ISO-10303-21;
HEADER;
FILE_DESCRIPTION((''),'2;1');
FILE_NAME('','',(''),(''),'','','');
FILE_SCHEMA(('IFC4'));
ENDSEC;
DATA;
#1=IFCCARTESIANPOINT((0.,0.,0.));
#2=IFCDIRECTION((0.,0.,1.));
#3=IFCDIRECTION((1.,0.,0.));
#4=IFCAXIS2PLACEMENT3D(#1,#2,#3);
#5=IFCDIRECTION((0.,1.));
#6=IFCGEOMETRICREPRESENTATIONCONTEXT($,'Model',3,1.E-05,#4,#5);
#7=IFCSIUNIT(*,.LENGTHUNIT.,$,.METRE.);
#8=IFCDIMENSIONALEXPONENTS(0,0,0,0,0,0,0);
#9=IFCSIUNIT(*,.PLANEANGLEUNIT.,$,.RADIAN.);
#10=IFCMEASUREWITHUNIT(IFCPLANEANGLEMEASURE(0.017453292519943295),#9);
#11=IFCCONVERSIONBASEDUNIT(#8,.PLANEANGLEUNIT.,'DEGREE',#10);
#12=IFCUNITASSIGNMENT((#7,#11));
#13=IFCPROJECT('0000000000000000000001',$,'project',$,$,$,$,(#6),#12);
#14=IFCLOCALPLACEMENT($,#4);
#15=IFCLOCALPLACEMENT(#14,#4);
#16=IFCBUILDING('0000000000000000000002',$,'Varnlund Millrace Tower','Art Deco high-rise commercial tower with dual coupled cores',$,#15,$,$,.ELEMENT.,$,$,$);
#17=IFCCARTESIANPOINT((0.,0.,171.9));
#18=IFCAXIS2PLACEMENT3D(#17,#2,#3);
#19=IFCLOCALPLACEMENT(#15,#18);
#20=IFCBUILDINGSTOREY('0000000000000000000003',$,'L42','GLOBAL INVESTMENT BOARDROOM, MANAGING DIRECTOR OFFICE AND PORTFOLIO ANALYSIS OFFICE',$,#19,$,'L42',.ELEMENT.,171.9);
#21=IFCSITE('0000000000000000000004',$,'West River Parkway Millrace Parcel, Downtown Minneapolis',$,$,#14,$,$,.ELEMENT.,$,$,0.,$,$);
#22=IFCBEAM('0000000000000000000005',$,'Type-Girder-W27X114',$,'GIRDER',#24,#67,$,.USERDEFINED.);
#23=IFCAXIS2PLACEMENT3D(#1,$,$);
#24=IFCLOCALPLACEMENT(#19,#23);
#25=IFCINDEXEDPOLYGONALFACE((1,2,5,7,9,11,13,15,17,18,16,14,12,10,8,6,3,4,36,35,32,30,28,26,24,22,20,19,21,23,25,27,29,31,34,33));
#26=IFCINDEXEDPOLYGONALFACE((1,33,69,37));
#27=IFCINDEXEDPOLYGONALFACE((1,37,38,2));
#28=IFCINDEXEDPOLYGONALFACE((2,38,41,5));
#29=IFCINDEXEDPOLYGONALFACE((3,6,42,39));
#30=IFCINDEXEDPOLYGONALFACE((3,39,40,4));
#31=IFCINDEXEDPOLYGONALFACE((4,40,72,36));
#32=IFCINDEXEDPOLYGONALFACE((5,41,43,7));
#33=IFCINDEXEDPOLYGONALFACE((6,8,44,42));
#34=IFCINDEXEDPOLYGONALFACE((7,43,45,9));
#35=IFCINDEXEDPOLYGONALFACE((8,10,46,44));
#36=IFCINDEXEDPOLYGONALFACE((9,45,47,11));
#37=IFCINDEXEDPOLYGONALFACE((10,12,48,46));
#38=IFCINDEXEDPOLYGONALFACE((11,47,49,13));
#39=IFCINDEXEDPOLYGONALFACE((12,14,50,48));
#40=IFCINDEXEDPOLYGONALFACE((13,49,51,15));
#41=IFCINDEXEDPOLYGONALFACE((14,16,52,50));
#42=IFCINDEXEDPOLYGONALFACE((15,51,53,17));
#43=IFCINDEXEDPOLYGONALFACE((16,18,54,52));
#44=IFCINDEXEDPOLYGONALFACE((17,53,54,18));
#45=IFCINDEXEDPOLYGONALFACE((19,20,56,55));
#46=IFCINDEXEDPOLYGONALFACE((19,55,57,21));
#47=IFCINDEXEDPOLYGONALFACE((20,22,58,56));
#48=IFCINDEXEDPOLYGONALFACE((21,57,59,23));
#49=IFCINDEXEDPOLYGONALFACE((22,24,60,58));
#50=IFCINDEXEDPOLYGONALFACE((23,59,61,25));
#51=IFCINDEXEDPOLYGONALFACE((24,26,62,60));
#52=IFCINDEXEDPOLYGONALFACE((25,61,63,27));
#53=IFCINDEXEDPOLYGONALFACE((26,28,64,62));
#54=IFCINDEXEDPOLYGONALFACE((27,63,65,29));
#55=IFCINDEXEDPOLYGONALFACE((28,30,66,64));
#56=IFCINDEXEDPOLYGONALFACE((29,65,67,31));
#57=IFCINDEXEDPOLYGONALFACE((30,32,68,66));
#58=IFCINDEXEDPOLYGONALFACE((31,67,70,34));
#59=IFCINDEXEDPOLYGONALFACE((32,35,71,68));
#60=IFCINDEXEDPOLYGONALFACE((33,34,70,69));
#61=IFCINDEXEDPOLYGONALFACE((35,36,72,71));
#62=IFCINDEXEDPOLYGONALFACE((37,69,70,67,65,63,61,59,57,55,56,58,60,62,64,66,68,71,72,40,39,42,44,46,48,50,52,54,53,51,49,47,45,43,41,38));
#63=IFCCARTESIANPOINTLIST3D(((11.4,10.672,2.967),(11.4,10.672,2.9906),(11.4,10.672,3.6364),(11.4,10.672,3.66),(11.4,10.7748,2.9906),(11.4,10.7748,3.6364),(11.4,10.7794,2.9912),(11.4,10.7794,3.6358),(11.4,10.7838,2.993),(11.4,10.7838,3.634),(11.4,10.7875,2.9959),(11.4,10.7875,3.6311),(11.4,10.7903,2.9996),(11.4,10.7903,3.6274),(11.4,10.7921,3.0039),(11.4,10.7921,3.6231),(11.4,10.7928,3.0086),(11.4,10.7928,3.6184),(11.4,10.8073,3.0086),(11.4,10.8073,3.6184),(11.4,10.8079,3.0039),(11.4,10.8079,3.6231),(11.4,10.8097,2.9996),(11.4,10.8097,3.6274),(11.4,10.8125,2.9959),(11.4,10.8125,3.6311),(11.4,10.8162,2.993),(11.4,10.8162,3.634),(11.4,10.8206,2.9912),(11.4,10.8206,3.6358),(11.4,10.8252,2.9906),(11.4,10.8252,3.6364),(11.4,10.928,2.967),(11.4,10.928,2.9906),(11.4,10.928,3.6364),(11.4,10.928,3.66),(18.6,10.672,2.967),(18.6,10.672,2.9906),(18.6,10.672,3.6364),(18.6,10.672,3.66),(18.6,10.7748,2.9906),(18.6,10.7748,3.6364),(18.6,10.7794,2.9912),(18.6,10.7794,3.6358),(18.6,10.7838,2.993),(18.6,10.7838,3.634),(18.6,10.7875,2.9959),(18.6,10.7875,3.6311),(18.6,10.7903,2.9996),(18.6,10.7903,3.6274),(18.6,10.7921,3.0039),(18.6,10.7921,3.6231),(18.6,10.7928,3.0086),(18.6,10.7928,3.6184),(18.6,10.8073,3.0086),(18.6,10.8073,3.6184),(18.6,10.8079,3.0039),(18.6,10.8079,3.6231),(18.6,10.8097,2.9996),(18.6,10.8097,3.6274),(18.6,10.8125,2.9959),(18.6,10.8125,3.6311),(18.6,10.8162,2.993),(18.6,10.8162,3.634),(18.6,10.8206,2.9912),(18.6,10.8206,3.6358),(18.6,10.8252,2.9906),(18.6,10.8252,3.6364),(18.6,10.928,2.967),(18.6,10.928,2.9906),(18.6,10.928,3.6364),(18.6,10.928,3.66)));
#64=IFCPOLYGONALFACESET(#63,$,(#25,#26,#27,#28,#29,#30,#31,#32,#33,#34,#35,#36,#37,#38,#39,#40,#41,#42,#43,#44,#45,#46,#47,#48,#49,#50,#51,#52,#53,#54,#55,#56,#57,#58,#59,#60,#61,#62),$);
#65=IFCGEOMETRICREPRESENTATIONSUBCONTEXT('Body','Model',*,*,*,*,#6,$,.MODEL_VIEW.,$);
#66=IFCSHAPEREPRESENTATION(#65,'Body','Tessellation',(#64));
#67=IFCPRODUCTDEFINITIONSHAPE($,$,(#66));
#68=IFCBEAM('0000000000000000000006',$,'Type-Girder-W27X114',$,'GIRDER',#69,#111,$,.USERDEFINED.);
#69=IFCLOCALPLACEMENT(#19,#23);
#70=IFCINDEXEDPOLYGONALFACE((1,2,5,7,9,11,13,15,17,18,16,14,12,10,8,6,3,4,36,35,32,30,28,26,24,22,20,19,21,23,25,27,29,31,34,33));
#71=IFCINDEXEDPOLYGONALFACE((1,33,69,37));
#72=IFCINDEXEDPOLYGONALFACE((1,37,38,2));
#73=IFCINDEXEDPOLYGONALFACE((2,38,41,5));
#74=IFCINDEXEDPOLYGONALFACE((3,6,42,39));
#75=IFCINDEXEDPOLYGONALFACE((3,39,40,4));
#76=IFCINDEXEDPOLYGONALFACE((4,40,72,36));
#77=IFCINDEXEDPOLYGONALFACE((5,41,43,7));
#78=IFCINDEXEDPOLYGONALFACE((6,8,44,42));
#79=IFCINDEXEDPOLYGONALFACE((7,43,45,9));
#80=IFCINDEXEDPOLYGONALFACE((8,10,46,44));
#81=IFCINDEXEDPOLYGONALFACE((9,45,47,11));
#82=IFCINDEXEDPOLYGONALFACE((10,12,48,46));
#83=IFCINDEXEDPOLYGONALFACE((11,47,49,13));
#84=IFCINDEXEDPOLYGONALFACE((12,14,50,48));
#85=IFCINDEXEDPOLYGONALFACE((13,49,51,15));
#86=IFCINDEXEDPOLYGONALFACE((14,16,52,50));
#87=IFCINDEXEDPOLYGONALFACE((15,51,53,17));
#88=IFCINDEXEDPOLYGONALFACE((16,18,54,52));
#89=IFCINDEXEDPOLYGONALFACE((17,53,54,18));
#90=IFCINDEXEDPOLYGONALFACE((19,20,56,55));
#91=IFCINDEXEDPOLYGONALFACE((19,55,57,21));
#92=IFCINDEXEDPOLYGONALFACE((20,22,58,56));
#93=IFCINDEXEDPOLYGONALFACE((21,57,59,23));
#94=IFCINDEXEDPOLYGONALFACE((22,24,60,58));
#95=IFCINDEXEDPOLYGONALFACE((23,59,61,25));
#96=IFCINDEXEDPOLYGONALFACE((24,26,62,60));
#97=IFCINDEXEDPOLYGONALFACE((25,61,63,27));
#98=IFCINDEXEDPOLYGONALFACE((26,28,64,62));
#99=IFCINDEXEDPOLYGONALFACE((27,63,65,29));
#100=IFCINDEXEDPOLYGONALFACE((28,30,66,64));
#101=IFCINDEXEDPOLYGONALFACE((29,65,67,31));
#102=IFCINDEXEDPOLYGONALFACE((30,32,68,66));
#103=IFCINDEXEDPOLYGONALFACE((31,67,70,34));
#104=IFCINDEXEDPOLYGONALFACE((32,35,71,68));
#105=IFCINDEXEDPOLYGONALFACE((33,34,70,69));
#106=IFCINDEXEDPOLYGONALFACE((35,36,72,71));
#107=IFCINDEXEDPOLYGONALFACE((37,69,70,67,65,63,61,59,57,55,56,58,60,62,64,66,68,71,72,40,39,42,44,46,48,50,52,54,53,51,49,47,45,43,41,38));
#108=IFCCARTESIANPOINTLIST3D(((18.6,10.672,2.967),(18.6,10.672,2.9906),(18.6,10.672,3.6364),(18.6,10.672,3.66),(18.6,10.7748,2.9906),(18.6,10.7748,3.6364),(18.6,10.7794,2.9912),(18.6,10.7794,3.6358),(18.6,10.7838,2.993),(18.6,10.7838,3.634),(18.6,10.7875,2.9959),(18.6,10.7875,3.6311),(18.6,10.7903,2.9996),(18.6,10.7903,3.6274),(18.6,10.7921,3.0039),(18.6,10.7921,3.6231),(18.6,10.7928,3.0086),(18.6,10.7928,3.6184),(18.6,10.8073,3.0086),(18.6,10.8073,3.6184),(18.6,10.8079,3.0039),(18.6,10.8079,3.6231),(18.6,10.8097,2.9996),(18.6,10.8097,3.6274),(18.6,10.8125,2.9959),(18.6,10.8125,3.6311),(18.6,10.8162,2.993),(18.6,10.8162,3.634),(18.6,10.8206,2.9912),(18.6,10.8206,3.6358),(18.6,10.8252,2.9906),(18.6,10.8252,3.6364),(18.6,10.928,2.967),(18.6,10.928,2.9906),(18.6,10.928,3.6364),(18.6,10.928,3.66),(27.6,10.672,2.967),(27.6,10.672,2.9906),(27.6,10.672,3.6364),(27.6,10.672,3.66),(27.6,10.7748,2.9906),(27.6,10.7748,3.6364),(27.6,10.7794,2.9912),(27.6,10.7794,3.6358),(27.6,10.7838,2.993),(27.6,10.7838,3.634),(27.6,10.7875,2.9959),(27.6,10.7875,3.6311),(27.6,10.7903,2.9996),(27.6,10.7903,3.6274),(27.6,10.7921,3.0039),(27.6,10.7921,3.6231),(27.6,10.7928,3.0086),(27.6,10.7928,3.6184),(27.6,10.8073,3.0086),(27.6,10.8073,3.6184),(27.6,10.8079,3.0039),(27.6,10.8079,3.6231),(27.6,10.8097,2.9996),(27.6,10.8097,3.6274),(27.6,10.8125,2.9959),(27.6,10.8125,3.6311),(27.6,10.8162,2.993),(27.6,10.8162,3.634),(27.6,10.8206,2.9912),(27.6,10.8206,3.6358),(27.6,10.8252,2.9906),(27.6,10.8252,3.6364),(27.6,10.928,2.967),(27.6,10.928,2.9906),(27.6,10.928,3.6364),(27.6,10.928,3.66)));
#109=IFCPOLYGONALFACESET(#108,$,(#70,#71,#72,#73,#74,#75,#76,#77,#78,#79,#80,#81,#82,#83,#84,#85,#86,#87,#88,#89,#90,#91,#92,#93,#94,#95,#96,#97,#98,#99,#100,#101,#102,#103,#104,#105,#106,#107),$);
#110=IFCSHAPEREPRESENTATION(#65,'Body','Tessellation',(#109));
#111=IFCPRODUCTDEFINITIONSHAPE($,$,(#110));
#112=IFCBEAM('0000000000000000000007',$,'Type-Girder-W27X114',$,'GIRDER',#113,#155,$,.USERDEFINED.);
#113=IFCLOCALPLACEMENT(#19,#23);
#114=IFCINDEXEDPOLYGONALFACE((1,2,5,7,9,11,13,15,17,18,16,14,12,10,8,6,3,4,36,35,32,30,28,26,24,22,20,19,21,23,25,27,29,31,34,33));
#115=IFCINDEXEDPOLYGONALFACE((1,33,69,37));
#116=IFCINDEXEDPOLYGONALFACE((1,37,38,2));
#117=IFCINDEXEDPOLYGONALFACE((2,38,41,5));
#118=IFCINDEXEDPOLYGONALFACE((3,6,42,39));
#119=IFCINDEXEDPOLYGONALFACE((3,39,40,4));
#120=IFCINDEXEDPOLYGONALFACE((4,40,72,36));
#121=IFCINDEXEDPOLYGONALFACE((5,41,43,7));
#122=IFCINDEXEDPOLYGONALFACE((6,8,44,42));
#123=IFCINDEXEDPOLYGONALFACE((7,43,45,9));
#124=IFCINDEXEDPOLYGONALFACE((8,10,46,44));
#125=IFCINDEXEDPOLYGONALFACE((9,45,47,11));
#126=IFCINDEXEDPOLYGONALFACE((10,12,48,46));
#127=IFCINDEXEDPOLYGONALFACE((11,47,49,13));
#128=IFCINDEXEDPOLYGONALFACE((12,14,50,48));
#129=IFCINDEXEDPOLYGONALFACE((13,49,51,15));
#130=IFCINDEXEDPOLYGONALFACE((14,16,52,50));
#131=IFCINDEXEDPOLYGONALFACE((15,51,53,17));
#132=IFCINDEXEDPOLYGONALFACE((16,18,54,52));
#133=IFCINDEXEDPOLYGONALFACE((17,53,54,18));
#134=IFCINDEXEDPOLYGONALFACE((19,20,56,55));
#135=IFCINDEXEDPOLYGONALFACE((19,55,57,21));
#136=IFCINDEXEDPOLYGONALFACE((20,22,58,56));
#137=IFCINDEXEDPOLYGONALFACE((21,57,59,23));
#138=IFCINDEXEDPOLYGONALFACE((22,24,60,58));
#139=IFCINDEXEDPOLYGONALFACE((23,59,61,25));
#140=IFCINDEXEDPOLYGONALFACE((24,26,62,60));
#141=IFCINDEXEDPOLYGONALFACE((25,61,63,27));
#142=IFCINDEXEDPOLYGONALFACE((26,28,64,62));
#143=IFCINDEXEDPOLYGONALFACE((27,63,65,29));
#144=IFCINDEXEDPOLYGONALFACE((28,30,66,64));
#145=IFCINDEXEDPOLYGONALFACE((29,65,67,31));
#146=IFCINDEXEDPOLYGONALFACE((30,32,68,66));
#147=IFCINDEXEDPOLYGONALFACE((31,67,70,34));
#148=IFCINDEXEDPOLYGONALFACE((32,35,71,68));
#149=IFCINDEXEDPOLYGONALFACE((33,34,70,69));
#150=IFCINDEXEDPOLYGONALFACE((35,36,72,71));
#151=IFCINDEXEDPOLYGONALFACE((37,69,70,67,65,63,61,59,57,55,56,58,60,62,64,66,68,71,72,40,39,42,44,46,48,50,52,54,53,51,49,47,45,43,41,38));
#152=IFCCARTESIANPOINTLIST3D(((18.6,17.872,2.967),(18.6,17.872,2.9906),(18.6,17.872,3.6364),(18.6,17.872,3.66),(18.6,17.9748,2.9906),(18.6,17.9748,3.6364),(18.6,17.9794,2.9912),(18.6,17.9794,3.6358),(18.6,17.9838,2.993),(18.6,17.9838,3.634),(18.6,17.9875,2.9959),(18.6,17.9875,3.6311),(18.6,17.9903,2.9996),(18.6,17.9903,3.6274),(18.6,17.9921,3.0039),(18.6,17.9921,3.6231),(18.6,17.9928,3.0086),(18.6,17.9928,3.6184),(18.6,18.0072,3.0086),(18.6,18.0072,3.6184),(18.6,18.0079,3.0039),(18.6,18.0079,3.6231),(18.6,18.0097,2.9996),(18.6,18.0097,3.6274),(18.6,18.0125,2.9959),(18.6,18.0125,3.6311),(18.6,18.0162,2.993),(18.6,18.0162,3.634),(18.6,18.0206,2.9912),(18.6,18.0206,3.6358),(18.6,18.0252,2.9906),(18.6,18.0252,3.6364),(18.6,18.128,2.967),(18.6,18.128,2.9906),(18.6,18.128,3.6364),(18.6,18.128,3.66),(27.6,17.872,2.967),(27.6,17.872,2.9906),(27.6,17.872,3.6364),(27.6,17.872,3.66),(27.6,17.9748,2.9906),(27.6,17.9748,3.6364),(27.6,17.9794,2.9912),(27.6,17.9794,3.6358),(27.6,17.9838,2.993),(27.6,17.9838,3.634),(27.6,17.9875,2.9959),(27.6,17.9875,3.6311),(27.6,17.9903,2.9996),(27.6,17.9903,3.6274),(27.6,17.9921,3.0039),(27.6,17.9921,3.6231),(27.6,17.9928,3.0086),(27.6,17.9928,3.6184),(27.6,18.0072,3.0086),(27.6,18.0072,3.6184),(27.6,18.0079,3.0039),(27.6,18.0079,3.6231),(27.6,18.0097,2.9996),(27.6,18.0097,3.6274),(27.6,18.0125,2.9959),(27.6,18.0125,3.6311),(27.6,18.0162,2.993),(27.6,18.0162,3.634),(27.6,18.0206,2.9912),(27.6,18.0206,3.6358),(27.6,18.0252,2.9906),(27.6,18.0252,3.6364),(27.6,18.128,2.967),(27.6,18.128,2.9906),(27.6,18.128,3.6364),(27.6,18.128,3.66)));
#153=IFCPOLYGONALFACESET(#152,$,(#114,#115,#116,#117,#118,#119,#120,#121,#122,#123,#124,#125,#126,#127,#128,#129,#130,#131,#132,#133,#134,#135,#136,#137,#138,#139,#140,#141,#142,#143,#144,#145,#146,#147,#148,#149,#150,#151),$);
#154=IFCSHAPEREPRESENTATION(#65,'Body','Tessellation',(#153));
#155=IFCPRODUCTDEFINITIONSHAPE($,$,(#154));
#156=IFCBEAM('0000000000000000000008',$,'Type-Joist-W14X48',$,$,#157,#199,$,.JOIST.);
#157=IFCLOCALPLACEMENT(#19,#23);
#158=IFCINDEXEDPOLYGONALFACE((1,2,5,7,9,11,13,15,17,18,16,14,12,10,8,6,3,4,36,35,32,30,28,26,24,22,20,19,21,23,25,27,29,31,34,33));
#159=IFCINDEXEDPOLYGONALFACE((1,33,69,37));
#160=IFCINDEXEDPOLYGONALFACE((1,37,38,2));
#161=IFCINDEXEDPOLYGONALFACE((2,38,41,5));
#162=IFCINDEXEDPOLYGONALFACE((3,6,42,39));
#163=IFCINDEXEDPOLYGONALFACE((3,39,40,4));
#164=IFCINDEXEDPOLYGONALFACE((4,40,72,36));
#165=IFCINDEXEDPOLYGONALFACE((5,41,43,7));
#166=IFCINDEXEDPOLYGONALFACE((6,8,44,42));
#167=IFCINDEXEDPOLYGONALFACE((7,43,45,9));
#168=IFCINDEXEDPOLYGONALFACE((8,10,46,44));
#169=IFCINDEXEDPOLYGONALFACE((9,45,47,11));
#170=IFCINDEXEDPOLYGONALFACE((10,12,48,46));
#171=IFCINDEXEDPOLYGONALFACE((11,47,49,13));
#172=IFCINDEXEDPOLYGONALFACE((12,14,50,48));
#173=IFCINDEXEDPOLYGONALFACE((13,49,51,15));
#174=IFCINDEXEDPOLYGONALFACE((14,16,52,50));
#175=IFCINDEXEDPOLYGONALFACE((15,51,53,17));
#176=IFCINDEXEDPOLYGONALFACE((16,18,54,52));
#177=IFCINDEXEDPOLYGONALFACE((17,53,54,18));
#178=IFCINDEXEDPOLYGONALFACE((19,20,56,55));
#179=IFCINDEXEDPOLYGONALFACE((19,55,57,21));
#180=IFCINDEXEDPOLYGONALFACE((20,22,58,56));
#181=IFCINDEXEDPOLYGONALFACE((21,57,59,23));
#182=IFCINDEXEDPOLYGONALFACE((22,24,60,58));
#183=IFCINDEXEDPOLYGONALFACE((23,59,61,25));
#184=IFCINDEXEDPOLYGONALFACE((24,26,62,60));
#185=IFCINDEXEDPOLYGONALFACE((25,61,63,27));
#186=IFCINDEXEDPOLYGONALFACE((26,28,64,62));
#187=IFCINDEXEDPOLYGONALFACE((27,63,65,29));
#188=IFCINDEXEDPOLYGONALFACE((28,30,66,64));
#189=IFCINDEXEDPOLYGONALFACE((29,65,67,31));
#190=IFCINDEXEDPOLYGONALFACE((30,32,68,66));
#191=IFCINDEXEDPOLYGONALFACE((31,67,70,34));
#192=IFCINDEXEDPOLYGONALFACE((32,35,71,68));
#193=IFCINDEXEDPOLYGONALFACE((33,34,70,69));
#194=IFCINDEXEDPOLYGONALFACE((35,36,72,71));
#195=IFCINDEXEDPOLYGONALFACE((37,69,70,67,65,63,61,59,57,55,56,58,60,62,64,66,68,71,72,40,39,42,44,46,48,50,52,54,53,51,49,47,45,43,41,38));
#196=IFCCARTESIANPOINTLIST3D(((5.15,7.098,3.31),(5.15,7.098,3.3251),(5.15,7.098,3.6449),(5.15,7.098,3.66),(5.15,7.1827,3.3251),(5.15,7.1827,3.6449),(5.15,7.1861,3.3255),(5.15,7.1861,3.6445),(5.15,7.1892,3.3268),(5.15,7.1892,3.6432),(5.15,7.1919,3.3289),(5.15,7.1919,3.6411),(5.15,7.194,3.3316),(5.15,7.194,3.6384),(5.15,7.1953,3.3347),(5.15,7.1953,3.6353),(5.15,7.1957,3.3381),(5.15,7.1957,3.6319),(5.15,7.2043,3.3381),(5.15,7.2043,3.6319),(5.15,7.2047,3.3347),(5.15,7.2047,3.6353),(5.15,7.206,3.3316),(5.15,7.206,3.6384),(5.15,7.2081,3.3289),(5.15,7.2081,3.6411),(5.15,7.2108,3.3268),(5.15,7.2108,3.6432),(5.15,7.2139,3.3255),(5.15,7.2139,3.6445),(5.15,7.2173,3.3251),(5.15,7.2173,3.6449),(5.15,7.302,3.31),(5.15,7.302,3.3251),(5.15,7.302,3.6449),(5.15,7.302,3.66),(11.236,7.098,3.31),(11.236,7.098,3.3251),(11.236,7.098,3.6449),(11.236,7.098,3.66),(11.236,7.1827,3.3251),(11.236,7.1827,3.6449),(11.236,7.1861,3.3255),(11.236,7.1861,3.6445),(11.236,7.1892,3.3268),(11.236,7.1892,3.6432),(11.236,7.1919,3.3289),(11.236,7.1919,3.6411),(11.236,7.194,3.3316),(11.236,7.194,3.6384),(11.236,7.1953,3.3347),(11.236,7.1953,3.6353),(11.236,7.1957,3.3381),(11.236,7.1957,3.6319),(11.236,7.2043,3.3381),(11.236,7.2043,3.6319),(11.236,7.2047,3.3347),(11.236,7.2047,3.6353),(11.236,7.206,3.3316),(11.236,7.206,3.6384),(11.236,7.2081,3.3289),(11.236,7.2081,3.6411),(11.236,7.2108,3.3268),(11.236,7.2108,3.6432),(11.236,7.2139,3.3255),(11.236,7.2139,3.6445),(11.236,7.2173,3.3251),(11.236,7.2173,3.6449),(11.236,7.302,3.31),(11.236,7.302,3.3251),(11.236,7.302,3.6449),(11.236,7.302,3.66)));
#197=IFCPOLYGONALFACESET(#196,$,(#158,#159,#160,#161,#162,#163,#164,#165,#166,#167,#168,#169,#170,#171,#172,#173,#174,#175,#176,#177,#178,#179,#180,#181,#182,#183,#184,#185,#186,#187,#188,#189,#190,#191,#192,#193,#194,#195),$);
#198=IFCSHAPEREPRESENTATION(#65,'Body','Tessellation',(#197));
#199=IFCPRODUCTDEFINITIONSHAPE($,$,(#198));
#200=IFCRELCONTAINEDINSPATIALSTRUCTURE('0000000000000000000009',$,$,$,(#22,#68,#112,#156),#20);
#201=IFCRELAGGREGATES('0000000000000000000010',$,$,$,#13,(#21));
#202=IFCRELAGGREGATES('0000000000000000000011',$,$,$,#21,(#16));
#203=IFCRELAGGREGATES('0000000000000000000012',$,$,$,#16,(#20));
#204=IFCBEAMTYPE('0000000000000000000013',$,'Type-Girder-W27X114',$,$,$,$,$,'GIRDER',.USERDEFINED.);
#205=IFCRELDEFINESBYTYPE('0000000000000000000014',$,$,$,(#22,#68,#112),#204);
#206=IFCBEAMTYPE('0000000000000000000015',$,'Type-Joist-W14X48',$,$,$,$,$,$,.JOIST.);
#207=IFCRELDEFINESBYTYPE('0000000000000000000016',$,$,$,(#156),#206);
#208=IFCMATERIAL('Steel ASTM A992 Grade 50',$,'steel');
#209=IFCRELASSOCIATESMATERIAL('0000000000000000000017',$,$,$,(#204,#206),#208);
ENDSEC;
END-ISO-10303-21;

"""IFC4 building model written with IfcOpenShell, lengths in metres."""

from ifc_helpers import new_model, entity, si_unit, converted_unit, direction, frame, origin_with_axes, origin_2d_with_axis, place, context, subcontext, project, spatial, i_section, extrude, material, material_profile, profile_set, type_object, element, save


model = new_model("IFC4")

# Units and contexts
model_context = context("Model", 3, precision=1e-05, world=origin_with_axes(), true_north=direction((0.0, 1.0)))
body_context = subcontext(model_context, "Body", "Model", "MODEL_VIEW")
ifc_project = project(units=[si_unit("LENGTHUNIT", "METRE"), converted_unit("PLANEANGLEUNIT", "DEGREE", entity("IfcPlaneAngleMeasure", 0.017453292519943295), si_unit("PLANEANGLEUNIT", "RADIAN"), dimensions=[0, 0, 0, 0, 0, 0, 0])], contexts=[model_context])

# Site, building, storey
site_placement = place(None, origin_with_axes())
site = spatial("IfcSite", under=ifc_project, at=site_placement, Name="West River Parkway Millrace Parcel, Downtown Minneapolis", CompositionType="ELEMENT", RefElevation=0.0)
building_placement = place(site_placement, origin_with_axes())
building = spatial("IfcBuilding", under=site, at=building_placement, Name="Varnlund Millrace Tower", Description="Art Deco high-rise commercial tower with dual coupled cores", CompositionType="ELEMENT")
storey_placement = place(building_placement, frame((0.0, 0.0, 171.9), z_axis=(0.0, 0.0, 1.0), x_axis=(1.0, 0.0, 0.0)))
storey = spatial("IfcBuildingStorey", under=building, at=storey_placement, Name="L42", Description="GLOBAL INVESTMENT BOARDROOM, MANAGING DIRECTOR OFFICE AND PORTFOLIO ANALYSIS OFFICE", LongName="L42", CompositionType="ELEMENT", Elevation=171.9)

# Beams
ifc_material_1 = material(Name="Steel ASTM A992 Grade 50", Category="steel")
ifc_material_profile_1 = material_profile(ifc_material_1, i_section(OverallWidth=0.256, OverallDepth=0.693, WebThickness=0.0145, FlangeThickness=0.0236, FilletRadius=0.018, at=origin_2d_with_axis()), Name="Steel ASTM A992 Grade 50")
ifc_profile_set_1 = profile_set([ifc_material_profile_1], Name="Steel ASTM A992 Grade 50")
beam_type_1 = type_object("IfcBeamType", Name="Type-Girder-W27X114", ElementType="GIRDER", PredefinedType="USERDEFINED", material=ifc_profile_set_1)
beam_1_placement = place(storey_placement, frame((11.4, 10.8, 3.3135), z_axis=(1.0, 0.0, 0.0), x_axis=(0.0, 1.0, 0.0)))
element("IfcBeam", 1, at=beam_1_placement, inside=storey, type_object=beam_type_1, Name="Type-Girder-W27X114", ObjectType="GIRDER", PredefinedType="USERDEFINED", context=body_context, shape_type="SweptSolid", body=[
    extrude(i_section(OverallWidth=0.256, OverallDepth=0.693, WebThickness=0.0145, FlangeThickness=0.0236, FilletRadius=0.018, at=origin_2d_with_axis()), origin_with_axes(), (0.0, 0.0, 1.0), 7.2),
])
for number, where, z_axis, x_axis, name in (
    (2, (18.6, 10.8, 3.3135), (1.0, 0.0, 0.0), (0.0, 1.0, 0.0), "Type-Girder-W27X114"),
    (3, (18.6, 18.0, 3.3135), (1.0, 0.0, 0.0), (0.0, 1.0, 0.0), "Type-Girder-W27X114"),
):
    element("IfcBeam", number, at=place(storey_placement, frame(where, z_axis=z_axis, x_axis=x_axis)), inside=storey, type_object=beam_type_1, Name=name, ObjectType="GIRDER", PredefinedType="USERDEFINED", context=body_context, shape_type="SweptSolid", body=[
        extrude(i_section(OverallWidth=0.256, OverallDepth=0.693, WebThickness=0.0145, FlangeThickness=0.0236, FilletRadius=0.018, at=origin_2d_with_axis()), origin_with_axes(), (0.0, 0.0, 1.0), 9.0),
    ])
ifc_material_profile_2 = material_profile(ifc_material_1, i_section(OverallWidth=0.204, OverallDepth=0.35, WebThickness=0.0086, FlangeThickness=0.0151, FilletRadius=0.013, at=origin_2d_with_axis()), Name="Steel ASTM A992 Grade 50")
ifc_profile_set_2 = profile_set([ifc_material_profile_2], Name="Steel ASTM A992 Grade 50")
beam_type_2 = type_object("IfcBeamType", Name="Type-Joist-W14X48", PredefinedType="JOIST", material=ifc_profile_set_2)
for number, where, z_axis, x_axis, name in (
    (4, (5.15, 7.2, 3.485), (1.0, 0.0, 0.0), (0.0, 1.0, 0.0), "Type-Joist-W14X48"),
):
    element("IfcBeam", number, at=place(storey_placement, frame(where, z_axis=z_axis, x_axis=x_axis)), inside=storey, type_object=beam_type_2, Name=name, PredefinedType="JOIST", context=body_context, shape_type="SweptSolid", body=[
        extrude(i_section(OverallWidth=0.204, OverallDepth=0.35, WebThickness=0.0086, FlangeThickness=0.0151, FilletRadius=0.013, at=origin_2d_with_axis()), origin_with_axes(), (0.0, 0.0, 1.0), 6.086),
    ])

save(model, "model.ifc")
